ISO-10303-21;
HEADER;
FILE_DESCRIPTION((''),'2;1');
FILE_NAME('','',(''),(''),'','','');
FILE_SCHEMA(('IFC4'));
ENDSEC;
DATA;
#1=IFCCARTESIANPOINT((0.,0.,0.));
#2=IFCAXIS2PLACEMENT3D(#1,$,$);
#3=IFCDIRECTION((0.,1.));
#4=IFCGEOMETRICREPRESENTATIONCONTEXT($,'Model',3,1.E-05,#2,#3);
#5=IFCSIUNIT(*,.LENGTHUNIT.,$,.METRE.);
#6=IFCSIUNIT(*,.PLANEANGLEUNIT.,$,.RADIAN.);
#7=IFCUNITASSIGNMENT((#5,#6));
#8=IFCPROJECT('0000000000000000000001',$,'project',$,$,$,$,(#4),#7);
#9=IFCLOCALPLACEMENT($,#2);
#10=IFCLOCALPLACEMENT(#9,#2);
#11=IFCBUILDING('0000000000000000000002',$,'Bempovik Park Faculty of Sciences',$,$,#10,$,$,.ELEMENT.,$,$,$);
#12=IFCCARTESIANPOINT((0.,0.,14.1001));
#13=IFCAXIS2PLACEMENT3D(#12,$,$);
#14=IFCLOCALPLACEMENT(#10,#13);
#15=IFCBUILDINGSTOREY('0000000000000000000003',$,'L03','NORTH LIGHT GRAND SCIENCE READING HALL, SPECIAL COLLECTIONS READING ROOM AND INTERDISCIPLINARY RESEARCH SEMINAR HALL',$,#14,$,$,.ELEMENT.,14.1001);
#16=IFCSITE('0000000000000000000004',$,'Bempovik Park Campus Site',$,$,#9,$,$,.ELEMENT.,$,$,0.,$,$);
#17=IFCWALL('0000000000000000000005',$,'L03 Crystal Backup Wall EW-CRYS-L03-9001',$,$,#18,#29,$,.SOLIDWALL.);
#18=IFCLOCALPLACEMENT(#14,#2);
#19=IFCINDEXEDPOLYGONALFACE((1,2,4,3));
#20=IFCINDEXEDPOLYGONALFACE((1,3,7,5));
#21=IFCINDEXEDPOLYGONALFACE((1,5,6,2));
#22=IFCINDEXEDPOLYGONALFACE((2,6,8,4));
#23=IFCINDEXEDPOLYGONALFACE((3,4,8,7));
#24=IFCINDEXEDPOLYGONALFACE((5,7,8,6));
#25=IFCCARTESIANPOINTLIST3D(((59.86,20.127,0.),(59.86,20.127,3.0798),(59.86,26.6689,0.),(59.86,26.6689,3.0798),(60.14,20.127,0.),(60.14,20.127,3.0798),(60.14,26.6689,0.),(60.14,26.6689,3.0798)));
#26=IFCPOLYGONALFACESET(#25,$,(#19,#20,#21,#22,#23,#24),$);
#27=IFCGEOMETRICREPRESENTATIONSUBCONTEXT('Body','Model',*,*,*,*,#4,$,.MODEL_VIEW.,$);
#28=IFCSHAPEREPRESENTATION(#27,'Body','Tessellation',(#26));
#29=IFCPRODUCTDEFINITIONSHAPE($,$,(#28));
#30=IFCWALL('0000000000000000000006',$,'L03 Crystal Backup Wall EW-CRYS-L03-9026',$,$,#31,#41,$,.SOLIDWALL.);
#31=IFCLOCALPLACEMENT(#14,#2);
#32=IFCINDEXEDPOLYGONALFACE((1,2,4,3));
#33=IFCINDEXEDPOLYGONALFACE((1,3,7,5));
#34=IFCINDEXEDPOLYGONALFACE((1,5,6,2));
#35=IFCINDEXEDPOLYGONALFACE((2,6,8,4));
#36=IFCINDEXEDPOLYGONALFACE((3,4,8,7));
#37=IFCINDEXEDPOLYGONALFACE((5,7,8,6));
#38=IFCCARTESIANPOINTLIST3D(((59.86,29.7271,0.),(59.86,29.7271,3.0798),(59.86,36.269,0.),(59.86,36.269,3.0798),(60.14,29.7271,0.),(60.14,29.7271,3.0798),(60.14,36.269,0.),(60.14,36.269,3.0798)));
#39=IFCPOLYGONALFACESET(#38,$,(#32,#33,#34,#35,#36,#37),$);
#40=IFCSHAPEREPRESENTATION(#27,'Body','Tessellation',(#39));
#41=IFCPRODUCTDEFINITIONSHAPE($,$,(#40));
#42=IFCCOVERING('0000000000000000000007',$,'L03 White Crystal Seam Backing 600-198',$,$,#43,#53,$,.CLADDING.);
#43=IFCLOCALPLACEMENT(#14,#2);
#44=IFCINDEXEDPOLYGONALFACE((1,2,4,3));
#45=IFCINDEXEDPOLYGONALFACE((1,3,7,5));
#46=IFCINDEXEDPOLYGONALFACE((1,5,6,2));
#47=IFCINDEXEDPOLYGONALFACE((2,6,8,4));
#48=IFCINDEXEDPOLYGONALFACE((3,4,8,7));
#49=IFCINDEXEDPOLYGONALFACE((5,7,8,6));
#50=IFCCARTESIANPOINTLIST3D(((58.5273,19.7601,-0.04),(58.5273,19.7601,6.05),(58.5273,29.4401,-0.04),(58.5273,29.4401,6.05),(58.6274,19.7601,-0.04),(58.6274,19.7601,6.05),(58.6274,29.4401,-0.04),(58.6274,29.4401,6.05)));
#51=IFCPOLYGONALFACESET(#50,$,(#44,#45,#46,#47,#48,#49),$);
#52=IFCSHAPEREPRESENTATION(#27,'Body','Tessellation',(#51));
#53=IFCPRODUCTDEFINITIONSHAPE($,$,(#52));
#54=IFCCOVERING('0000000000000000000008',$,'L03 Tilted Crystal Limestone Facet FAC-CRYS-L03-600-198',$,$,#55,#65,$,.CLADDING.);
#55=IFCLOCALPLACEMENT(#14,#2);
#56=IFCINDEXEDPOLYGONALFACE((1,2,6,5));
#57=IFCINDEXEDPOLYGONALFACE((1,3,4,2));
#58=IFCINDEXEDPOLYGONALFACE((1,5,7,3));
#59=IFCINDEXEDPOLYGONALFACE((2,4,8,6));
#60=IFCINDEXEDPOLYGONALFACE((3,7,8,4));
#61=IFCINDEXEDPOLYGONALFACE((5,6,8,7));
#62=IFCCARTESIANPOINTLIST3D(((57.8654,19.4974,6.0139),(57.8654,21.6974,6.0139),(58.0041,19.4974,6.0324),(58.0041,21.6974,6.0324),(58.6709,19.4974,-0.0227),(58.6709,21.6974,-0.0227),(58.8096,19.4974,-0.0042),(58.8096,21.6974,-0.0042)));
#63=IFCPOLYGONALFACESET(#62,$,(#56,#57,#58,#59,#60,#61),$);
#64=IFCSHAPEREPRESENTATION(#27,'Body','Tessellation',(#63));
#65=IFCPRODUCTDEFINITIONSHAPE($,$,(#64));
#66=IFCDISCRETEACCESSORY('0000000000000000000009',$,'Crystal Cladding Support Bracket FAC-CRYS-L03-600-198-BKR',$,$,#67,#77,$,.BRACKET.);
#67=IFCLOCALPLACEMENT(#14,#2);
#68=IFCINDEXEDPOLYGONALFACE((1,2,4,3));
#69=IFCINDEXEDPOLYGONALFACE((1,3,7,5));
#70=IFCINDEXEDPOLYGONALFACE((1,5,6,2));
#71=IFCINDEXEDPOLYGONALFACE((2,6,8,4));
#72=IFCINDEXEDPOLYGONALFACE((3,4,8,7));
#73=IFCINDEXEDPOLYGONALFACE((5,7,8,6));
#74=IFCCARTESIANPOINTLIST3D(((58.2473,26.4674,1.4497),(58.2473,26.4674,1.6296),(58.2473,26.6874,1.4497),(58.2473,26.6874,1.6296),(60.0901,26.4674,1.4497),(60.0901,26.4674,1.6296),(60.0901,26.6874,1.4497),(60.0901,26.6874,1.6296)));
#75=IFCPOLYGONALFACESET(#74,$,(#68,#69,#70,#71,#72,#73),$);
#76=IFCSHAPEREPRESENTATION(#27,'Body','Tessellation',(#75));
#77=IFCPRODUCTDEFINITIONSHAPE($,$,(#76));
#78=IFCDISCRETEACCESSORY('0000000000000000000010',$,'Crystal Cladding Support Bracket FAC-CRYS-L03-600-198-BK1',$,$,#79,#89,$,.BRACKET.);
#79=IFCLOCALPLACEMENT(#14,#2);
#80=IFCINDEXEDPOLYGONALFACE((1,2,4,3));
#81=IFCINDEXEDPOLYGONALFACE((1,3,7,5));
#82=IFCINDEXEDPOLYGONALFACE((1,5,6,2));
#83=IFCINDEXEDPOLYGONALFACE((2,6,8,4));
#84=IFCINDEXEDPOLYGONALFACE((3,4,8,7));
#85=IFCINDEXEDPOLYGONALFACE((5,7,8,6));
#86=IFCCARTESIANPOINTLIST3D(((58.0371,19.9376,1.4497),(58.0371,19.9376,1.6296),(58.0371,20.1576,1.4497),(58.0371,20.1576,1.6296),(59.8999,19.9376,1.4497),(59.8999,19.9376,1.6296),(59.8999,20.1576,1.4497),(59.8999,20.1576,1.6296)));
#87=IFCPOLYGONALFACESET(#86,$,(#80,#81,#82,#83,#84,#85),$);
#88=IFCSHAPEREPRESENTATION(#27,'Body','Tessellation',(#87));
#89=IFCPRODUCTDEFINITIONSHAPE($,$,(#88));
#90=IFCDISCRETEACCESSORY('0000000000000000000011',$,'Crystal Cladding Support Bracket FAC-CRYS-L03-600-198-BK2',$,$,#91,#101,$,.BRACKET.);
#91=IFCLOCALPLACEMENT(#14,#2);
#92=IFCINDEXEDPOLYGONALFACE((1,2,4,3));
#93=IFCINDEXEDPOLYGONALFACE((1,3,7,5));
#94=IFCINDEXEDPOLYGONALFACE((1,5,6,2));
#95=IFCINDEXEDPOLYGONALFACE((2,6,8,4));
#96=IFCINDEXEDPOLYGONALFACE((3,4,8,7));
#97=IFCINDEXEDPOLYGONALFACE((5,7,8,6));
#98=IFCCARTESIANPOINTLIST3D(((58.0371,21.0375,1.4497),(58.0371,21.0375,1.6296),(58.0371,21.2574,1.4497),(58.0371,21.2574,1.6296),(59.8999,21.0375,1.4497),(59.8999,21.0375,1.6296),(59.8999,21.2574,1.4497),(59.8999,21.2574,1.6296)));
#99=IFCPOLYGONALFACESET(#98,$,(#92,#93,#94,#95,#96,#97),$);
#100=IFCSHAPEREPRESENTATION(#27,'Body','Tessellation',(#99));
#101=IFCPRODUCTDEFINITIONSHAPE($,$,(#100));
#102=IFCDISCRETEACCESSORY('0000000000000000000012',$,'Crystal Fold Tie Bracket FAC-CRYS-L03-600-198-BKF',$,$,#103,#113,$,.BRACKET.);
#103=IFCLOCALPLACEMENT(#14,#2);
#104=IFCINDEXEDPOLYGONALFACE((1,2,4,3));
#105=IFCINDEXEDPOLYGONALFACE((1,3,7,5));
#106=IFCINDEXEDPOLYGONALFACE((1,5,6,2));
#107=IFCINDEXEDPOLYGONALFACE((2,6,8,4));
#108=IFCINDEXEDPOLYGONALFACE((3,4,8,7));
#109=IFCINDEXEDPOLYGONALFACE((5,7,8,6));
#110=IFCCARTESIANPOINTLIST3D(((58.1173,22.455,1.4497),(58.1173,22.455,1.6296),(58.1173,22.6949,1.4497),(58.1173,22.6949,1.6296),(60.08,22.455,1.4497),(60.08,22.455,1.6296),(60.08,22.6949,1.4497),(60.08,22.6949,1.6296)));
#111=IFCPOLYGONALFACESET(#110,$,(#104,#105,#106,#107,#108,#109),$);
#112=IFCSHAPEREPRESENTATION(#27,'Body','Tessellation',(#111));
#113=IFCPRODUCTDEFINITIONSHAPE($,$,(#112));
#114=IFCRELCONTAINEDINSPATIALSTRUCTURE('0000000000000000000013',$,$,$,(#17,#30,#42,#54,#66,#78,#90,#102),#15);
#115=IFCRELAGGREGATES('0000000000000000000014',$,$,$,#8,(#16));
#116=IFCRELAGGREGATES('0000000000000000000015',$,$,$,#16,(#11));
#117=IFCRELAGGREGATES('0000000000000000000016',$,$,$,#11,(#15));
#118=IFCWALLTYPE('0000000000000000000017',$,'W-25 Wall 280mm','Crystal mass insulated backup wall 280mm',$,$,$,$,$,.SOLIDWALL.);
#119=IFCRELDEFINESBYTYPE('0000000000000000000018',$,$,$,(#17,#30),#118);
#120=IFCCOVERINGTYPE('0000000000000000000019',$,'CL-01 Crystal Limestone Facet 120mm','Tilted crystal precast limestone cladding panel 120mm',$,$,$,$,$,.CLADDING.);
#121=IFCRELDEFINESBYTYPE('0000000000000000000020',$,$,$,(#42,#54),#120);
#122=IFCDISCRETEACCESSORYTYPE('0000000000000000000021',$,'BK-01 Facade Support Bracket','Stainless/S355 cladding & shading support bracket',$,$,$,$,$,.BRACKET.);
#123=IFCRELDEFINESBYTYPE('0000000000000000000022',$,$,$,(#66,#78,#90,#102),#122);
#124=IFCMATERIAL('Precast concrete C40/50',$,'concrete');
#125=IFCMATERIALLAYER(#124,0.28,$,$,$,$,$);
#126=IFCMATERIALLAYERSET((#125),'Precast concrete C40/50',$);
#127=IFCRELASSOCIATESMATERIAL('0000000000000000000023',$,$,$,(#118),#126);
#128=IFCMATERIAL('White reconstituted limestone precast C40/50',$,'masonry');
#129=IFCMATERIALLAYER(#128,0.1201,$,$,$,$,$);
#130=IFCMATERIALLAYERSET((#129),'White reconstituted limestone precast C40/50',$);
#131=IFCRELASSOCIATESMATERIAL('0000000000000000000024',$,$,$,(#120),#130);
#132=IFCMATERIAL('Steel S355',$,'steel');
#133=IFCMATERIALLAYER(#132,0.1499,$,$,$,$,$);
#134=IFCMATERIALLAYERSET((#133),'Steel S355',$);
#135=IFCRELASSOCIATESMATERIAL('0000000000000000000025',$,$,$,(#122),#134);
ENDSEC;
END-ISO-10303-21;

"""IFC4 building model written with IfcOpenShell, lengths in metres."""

from ifc_helpers import new_model, si_unit, direction, frame, frame_2d, origin, origin_2d, place, context, subcontext, project, spatial, rectangle, extrude, material, layer, layer_set, type_object, element, save


model = new_model("IFC4")

# Units and contexts
model_context = context("Model", 3, precision=1e-05, world=origin(), true_north=direction((0.0, 1.0)))
body_context = subcontext(model_context, "Body", "Model", "MODEL_VIEW")
ifc_project = project(units=[si_unit("LENGTHUNIT", "METRE"), si_unit("PLANEANGLEUNIT", "RADIAN")], contexts=[model_context])

# Site, building, storey
site_placement = place(None, origin())
site = spatial("IfcSite", under=ifc_project, at=site_placement, Name="Bempovik Park Campus Site", CompositionType="ELEMENT", RefElevation=0.0)
building_placement = place(site_placement, origin())
building = spatial("IfcBuilding", under=site, at=building_placement, Name="Bempovik Park Faculty of Sciences", CompositionType="ELEMENT")
storey_placement = place(building_placement, frame((0.0, 0.0, 14.1001)))
storey = spatial("IfcBuildingStorey", under=building, at=storey_placement, Name="L03", Description="NORTH LIGHT GRAND SCIENCE READING HALL, SPECIAL COLLECTIONS READING ROOM AND INTERDISCIPLINARY RESEARCH SEMINAR HALL", CompositionType="ELEMENT", Elevation=14.1001)

# Shared definitions
ifc_material_1 = material(Name="Steel S355", Category="steel")

# Walls
ifc_material_2 = material(Name="Precast concrete C40/50", Category="concrete")
ifc_layer_1 = layer(ifc_material_2, 0.28)
ifc_layer_set_1 = layer_set([ifc_layer_1], Name="Precast concrete C40/50")
wall_type = type_object("IfcWallType", Name="W-25 Wall 280mm", Description="Crystal mass insulated backup wall 280mm", PredefinedType="SOLIDWALL", material=ifc_layer_set_1)
for number, where, z_axis, x_axis, name in (
    (1, (60.0, 20.127, 0.0), (0.0, 0.0, 1.0), (0.0, 1.0, 0.0), "L03 Crystal Backup Wall EW-CRYS-L03-9001"),
    (2, (60.0, 29.7271, 0.0), (0.0, 0.0, 1.0), (0.0, 1.0, 0.0), "L03 Crystal Backup Wall EW-CRYS-L03-9026"),
):
    element("IfcWall", number, at=place(storey_placement, frame(where, z_axis=z_axis, x_axis=x_axis)), inside=storey, type_object=wall_type, Name=name, PredefinedType="SOLIDWALL", context=body_context, shape_type="SweptSolid", body=[
        extrude(rectangle(XDim=6.542, YDim=0.28, at=frame_2d((3.271, 0.0))), origin(), (0.0, 0.0, 1.0), 3.0798),
    ])

# Coverings
ifc_material_3 = material(Name="White reconstituted limestone precast C40/50", Category="masonry")
ifc_layer_2 = layer(ifc_material_3, 0.1201)
ifc_layer_set_2 = layer_set([ifc_layer_2], Name="White reconstituted limestone precast C40/50")
covering_type = type_object("IfcCoveringType", Name="CL-01 Crystal Limestone Facet 120mm", Description="Tilted crystal precast limestone cladding panel 120mm", PredefinedType="CLADDING", material=ifc_layer_set_2)
covering_1_placement = place(storey_placement, frame((58.5774, 24.6001, -0.04), z_axis=(0.0, 0.0, 1.0), x_axis=(1.0, 0.0, 0.0)))
element("IfcCovering", 3, at=covering_1_placement, inside=storey, type_object=covering_type, Name="L03 White Crystal Seam Backing 600-198", PredefinedType="CLADDING", context=body_context, shape_type="SweptSolid", body=[
    extrude(rectangle(XDim=0.1001, YDim=9.6799, at=origin_2d()), origin(), (0.0, 0.0, 1.0), 6.0901),
])
covering_2_placement = place(storey_placement, frame((58.7402, 20.5974, -0.0134), z_axis=(-0.132256, 0.0, 0.991216), x_axis=(0.0, 1.0, 0.0)))
element("IfcCovering", 4, at=covering_2_placement, inside=storey, type_object=covering_type, Name="L03 Tilted Crystal Limestone Facet FAC-CRYS-L03-600-198", PredefinedType="CLADDING", context=body_context, shape_type="SweptSolid", body=[
    extrude(rectangle(XDim=2.2, YDim=0.1399, at=origin_2d()), origin(), (0.0, 0.0, 1.0), 6.0901),
])

# Discrete accessories
ifc_layer_3 = layer(ifc_material_1, 0.1499)
ifc_layer_set_3 = layer_set([ifc_layer_3], Name="Steel S355")
discrete_accessory_type = type_object("IfcDiscreteAccessoryType", Name="BK-01 Facade Support Bracket", Description="Stainless/S355 cladding & shading support bracket", PredefinedType="BRACKET", material=ifc_layer_set_3)
discrete_accessory_1_placement = place(storey_placement, frame((59.1687, 26.5774, 1.4497), z_axis=(0.0, 0.0, 1.0), x_axis=(1.0, 0.0, 0.0)))
element("IfcDiscreteAccessory", 5, at=discrete_accessory_1_placement, inside=storey, type_object=discrete_accessory_type, Name="Crystal Cladding Support Bracket FAC-CRYS-L03-600-198-BKR", PredefinedType="BRACKET", context=body_context, shape_type="SweptSolid", body=[
    extrude(rectangle(XDim=1.8428, YDim=0.22, at=origin_2d()), origin(), (0.0, 0.0, 1.0), 0.1799),
])
for number, where, z_axis, x_axis, name in (
    (6, (58.9685, 20.0476, 1.4497), (0.0, 0.0, 1.0), (1.0, 0.0, 0.0), "Crystal Cladding Support Bracket FAC-CRYS-L03-600-198-BK1"),
    (7, (58.9685, 21.1475, 1.4497), (0.0, 0.0, 1.0), (1.0, 0.0, 0.0), "Crystal Cladding Support Bracket FAC-CRYS-L03-600-198-BK2"),
):
    element("IfcDiscreteAccessory", number, at=place(storey_placement, frame(where, z_axis=z_axis, x_axis=x_axis)), inside=storey, type_object=discrete_accessory_type, Name=name, PredefinedType="BRACKET", context=body_context, shape_type="SweptSolid", body=[
        extrude(rectangle(XDim=1.8628, YDim=0.22, at=origin_2d()), origin(), (0.0, 0.0, 1.0), 0.1799),
    ])
discrete_accessory_2_placement = place(storey_placement, frame((59.0986, 22.575, 1.4497), z_axis=(0.0, 0.0, 1.0), x_axis=(1.0, 0.0, 0.0)))
element("IfcDiscreteAccessory", 8, at=discrete_accessory_2_placement, inside=storey, type_object=discrete_accessory_type, Name="Crystal Fold Tie Bracket FAC-CRYS-L03-600-198-BKF", PredefinedType="BRACKET", context=body_context, shape_type="SweptSolid", body=[
    extrude(rectangle(XDim=1.9626, YDim=0.24, at=origin_2d()), origin(), (0.0, 0.0, 1.0), 0.1799),
])

save(model, "model.ifc")
